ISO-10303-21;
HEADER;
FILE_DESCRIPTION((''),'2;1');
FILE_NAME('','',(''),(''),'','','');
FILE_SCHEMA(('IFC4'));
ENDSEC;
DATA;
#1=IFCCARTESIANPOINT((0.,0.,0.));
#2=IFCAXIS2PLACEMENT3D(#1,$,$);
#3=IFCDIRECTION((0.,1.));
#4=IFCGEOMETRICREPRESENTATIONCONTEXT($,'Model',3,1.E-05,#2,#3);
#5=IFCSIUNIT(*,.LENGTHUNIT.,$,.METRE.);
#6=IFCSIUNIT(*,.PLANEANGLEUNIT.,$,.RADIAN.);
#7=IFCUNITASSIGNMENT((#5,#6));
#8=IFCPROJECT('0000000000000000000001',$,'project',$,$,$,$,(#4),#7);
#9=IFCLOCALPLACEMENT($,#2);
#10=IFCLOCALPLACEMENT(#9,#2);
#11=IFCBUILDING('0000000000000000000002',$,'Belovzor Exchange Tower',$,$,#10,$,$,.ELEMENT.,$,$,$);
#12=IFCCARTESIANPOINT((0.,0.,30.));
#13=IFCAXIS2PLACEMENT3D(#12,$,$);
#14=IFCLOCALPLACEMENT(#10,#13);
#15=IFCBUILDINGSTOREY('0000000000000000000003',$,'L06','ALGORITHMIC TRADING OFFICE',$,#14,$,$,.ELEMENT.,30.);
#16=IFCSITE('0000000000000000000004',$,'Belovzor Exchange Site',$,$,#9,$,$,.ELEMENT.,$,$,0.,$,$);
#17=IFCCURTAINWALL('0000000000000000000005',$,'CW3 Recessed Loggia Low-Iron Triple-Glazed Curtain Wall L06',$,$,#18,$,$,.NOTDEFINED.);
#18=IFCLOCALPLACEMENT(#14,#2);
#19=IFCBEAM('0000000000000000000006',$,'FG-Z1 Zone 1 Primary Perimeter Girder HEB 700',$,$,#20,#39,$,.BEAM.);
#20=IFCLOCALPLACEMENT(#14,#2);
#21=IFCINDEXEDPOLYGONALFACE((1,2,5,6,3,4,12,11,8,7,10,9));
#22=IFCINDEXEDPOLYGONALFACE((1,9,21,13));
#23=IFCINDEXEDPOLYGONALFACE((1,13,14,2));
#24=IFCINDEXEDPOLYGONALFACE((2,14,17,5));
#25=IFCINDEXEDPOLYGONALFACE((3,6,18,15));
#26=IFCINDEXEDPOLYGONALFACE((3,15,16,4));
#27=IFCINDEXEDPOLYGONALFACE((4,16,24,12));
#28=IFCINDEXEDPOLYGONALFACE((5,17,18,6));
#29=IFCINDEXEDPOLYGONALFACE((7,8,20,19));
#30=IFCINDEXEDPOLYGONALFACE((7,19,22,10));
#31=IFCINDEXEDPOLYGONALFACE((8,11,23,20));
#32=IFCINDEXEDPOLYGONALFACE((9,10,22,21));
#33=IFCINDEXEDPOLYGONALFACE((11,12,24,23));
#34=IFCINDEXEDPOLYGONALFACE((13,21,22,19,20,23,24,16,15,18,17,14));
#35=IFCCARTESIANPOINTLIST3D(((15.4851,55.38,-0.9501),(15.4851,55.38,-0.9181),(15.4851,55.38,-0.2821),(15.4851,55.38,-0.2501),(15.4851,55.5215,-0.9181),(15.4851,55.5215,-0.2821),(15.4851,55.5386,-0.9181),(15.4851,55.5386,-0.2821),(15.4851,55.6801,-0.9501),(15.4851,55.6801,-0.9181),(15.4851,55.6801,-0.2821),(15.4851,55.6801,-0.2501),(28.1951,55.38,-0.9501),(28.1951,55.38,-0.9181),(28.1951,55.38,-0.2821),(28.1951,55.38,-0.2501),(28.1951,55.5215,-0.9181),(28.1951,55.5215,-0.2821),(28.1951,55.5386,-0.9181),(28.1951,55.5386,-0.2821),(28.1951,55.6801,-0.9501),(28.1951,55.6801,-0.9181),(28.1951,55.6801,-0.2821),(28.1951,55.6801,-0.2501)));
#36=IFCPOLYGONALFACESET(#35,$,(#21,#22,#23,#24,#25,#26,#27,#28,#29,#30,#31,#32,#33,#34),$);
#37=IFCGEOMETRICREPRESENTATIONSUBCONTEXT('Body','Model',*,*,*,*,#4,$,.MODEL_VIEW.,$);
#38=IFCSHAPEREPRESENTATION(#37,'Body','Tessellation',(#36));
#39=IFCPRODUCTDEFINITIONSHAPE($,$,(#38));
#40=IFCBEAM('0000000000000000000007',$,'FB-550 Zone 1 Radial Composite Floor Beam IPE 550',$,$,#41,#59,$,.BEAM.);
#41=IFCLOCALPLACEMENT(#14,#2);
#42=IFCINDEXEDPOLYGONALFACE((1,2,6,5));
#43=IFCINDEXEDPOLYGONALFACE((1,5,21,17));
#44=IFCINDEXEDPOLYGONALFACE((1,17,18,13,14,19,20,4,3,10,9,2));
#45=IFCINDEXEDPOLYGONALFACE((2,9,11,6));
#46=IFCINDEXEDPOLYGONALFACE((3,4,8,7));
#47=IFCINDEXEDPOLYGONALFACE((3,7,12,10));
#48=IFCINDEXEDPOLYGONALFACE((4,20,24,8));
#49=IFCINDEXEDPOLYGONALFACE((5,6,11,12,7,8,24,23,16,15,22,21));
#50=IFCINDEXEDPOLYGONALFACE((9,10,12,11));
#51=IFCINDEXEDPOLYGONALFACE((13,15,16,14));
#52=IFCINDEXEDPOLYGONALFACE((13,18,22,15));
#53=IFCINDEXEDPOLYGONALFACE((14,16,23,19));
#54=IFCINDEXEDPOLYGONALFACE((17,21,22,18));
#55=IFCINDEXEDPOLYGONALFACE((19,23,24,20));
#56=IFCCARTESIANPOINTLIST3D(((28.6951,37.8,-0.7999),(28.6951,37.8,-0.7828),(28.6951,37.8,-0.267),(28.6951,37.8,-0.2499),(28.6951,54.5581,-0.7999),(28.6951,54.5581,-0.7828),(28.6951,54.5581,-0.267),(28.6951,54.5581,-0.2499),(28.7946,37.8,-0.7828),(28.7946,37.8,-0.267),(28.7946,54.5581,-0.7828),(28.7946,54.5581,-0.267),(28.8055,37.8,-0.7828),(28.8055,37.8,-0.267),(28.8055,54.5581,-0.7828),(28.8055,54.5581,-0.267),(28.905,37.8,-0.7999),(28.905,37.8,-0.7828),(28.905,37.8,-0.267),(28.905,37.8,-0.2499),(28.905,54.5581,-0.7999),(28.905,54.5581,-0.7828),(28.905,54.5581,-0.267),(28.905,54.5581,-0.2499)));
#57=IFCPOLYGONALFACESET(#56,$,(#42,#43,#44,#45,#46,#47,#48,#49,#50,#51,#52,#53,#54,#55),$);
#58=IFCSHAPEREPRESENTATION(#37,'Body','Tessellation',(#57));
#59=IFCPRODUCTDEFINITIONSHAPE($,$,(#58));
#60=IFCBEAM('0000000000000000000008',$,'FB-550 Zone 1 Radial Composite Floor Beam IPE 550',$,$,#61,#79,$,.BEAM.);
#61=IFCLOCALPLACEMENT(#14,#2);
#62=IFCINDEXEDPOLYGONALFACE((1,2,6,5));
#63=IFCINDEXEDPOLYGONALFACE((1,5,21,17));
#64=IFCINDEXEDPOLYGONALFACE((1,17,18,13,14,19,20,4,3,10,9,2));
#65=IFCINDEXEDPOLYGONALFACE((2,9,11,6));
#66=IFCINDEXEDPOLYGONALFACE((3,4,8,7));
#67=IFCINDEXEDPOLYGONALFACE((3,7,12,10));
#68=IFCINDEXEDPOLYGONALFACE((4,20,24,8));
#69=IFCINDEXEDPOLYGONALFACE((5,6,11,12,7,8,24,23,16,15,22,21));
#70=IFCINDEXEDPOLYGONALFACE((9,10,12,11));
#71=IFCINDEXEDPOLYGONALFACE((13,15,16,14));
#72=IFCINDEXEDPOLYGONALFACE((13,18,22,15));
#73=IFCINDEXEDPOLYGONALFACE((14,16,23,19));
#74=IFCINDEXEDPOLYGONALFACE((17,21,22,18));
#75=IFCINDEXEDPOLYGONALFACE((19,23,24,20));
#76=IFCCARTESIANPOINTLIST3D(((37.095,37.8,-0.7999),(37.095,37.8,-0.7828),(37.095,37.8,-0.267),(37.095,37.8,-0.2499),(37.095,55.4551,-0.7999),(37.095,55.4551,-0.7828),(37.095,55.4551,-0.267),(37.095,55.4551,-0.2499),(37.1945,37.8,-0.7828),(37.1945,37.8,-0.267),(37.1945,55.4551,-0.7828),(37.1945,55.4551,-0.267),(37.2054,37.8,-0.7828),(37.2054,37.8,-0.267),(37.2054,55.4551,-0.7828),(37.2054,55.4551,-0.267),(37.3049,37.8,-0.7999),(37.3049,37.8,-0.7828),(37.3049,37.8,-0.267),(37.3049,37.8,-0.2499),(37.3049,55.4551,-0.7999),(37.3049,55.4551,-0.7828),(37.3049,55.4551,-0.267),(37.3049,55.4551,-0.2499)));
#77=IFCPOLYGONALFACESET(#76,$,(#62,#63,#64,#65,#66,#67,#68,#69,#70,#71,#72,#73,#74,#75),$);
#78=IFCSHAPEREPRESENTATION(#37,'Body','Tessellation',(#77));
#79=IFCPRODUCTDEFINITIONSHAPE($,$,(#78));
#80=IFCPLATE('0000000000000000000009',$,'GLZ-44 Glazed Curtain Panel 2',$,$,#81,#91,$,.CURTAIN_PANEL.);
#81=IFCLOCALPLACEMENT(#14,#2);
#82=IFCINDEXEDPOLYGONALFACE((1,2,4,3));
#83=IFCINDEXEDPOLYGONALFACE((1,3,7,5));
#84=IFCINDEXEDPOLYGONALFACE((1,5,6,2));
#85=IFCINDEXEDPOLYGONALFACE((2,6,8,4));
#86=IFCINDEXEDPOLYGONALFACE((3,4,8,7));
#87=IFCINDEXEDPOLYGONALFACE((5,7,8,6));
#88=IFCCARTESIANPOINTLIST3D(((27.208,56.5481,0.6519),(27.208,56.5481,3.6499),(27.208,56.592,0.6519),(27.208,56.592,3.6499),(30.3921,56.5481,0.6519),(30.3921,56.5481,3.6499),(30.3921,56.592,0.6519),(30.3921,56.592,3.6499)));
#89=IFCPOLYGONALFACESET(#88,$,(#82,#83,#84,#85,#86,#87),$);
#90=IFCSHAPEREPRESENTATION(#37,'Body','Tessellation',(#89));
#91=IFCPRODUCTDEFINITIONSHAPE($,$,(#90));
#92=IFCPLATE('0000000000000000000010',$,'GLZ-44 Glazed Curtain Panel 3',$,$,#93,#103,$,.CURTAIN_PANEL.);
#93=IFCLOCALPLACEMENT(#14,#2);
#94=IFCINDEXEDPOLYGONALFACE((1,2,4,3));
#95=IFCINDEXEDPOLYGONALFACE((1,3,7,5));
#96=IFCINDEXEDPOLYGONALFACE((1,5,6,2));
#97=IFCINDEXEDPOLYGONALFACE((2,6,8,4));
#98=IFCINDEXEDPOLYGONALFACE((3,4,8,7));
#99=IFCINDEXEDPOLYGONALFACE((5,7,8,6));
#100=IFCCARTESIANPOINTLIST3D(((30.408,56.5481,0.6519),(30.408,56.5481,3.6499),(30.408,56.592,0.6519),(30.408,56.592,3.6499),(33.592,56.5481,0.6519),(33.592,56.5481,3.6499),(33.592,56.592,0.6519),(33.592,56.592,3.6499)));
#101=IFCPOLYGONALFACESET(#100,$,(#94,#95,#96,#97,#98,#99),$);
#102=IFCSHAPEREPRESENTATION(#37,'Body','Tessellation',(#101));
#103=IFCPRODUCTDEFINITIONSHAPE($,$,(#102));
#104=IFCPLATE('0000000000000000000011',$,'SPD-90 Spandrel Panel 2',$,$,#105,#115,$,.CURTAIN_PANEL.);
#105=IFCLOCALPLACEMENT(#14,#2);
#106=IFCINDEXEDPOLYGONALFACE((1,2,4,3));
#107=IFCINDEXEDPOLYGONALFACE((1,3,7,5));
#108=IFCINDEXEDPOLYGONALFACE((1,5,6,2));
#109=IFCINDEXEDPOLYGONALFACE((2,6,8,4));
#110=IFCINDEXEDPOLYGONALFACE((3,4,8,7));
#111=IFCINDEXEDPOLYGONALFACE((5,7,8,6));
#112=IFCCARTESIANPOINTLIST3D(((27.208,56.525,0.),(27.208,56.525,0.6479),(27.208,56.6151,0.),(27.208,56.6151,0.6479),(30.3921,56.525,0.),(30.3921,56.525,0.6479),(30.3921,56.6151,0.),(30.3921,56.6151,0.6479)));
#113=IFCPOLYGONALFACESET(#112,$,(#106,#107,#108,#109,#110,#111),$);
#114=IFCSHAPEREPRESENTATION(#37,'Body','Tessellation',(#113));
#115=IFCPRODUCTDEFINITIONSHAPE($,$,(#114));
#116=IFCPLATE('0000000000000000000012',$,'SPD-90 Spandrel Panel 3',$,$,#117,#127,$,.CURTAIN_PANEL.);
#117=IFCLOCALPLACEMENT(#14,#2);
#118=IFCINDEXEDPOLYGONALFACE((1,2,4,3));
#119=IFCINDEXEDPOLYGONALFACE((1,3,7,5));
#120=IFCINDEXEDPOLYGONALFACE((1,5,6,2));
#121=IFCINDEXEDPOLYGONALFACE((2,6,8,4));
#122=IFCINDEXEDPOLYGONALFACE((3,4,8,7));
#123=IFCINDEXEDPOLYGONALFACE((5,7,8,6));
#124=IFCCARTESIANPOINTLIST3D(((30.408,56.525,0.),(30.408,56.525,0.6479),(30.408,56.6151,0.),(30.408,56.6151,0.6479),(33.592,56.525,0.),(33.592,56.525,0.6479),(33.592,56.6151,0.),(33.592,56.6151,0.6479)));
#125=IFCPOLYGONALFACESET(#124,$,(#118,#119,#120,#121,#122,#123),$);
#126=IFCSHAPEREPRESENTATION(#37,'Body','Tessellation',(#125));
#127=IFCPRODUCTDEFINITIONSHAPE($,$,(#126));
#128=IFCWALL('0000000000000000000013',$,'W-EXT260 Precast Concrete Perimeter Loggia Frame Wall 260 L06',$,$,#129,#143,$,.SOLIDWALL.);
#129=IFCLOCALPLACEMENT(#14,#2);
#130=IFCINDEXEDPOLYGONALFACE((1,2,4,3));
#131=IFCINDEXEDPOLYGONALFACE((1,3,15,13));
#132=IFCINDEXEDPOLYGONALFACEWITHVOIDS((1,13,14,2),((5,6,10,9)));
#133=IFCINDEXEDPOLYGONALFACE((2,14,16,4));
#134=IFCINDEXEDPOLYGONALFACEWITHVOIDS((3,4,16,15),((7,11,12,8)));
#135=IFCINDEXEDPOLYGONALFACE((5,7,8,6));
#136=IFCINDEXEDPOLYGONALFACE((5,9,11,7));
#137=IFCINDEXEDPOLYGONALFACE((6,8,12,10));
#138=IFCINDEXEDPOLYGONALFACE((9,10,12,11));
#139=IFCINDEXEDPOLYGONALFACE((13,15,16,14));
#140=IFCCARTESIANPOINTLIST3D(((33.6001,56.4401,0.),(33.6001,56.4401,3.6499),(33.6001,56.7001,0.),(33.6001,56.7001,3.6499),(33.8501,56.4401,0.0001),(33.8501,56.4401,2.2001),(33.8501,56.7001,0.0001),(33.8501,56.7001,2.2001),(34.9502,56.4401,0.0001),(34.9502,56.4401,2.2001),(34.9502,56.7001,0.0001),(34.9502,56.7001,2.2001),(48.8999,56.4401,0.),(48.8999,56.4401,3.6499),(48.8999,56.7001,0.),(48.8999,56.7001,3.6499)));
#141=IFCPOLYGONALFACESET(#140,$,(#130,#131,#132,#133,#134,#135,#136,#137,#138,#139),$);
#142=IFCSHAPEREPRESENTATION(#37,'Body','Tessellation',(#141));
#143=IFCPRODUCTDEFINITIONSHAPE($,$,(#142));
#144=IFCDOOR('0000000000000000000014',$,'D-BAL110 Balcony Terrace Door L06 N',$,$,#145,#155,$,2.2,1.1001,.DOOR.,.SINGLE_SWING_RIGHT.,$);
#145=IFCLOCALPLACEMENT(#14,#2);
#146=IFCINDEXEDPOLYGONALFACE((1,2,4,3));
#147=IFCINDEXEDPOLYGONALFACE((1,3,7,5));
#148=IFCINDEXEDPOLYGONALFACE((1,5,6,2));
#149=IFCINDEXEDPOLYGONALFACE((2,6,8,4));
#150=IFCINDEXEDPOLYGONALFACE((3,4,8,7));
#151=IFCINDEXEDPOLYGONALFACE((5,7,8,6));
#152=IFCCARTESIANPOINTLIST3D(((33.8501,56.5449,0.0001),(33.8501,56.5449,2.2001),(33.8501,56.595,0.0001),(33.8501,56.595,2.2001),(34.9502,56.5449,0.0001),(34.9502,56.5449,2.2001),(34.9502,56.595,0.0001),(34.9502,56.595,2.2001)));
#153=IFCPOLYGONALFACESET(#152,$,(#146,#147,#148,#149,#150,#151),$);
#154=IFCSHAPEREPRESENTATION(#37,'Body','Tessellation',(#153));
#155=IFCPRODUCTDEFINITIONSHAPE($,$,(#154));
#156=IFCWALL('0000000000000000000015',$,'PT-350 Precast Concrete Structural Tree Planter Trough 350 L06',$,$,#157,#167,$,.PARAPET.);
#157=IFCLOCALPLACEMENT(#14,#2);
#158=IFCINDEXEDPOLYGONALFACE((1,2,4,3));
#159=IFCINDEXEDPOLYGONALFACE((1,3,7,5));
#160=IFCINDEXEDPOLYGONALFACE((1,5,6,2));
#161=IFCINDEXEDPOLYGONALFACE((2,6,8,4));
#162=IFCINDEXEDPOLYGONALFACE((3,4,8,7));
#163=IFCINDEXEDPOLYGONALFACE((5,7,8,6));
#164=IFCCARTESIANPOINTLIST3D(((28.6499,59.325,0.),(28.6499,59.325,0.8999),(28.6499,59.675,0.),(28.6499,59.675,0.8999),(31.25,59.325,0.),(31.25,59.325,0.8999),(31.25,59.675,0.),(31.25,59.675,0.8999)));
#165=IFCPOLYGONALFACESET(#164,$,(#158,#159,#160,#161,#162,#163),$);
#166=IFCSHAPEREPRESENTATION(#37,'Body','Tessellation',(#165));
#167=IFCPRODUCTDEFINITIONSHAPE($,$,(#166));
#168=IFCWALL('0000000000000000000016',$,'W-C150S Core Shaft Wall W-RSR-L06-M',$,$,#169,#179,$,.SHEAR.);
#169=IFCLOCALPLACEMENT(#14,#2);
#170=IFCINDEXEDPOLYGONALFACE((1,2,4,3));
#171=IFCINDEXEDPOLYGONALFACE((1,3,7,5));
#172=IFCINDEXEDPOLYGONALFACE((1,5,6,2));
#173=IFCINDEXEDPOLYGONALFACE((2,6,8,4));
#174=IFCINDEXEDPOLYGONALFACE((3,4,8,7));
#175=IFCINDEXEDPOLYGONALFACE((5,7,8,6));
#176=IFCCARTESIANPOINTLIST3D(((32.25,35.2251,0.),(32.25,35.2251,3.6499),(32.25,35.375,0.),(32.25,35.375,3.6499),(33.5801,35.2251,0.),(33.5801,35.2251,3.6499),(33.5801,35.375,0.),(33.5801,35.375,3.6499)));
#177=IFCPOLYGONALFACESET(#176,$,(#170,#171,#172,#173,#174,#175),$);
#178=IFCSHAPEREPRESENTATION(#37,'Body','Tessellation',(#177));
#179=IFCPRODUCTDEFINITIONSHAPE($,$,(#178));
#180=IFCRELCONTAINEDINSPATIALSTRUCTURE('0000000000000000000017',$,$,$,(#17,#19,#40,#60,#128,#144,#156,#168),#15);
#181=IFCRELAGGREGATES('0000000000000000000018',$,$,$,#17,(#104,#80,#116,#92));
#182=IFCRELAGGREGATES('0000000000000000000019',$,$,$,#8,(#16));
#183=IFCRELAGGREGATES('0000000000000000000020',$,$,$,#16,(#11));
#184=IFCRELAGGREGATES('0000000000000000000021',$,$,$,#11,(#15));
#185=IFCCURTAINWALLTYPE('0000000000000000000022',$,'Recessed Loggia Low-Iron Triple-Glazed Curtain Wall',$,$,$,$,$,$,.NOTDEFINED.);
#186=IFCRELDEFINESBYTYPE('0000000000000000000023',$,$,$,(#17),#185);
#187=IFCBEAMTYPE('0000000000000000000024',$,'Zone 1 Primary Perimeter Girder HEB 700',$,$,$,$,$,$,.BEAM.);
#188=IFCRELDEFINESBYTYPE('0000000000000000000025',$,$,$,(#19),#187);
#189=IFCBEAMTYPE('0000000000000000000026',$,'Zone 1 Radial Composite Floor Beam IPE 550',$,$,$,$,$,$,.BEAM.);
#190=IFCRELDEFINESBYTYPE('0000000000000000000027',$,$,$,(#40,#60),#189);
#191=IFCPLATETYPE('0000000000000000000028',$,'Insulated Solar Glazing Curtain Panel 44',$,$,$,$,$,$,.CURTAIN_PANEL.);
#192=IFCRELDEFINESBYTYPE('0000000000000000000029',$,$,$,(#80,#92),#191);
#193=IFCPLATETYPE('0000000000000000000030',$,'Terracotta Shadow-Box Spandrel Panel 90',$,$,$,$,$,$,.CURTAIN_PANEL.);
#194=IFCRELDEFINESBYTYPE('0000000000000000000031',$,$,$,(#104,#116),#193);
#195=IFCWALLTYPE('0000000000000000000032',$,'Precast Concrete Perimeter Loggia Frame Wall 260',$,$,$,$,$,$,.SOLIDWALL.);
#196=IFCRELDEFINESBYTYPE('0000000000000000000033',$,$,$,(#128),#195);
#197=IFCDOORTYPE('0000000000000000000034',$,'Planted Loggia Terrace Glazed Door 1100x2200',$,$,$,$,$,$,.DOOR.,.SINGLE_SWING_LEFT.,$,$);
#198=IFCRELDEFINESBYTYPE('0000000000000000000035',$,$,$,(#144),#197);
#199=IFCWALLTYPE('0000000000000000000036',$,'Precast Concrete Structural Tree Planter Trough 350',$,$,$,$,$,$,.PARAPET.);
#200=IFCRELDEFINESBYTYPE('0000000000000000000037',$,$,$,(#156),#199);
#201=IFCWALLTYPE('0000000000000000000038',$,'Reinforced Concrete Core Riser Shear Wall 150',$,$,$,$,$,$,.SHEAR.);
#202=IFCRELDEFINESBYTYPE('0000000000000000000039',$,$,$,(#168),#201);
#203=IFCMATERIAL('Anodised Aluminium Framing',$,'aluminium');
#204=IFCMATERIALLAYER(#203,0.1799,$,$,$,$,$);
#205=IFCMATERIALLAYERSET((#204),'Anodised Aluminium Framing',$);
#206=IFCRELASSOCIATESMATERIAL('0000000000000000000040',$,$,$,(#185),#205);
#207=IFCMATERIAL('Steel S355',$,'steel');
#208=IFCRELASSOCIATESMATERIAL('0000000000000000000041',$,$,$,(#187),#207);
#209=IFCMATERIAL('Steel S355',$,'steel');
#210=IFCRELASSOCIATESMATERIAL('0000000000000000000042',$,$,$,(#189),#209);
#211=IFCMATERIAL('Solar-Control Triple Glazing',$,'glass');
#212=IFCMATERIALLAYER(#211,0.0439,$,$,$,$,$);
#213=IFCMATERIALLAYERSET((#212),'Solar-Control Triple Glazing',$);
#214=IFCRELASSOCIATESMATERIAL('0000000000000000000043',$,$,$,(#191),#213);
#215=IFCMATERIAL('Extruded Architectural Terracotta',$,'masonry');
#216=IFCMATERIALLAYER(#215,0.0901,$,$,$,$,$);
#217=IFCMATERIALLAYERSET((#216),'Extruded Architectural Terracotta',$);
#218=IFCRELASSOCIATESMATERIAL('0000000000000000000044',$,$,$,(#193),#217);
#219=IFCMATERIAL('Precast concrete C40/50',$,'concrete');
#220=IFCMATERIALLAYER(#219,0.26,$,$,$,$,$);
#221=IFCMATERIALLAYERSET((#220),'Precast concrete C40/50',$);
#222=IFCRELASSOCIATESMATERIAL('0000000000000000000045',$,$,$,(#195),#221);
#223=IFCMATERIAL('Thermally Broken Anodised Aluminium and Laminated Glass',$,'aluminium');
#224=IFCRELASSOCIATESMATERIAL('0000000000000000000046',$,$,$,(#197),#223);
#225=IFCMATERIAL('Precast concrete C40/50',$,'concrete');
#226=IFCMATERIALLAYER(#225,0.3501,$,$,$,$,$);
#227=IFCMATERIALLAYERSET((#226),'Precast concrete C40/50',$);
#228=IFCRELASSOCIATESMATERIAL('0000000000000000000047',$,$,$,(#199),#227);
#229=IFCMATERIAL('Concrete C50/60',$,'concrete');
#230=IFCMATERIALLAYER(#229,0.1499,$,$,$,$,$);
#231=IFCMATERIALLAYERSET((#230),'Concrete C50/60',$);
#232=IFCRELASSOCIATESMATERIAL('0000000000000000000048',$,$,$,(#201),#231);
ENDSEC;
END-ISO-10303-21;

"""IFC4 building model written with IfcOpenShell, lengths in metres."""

from ifc_helpers import new_model, si_unit, direction, frame, frame_2d, origin, origin_2d, place, context, subcontext, project, spatial, rectangle, i_section, extrude, material, layer, layer_set, material_profile, profile_set, type_object, element, fill, aggregate, save


model = new_model("IFC4")

# Units and contexts
model_context = context("Model", 3, precision=1e-05, world=origin(), true_north=direction((0.0, 1.0)))
body_context = subcontext(model_context, "Body", "Model", "MODEL_VIEW")
ifc_project = project(units=[si_unit("LENGTHUNIT", "METRE"), si_unit("PLANEANGLEUNIT", "RADIAN")], contexts=[model_context])

# Site, building, storey
site_placement = place(None, origin())
site = spatial("IfcSite", under=ifc_project, at=site_placement, Name="Belovzor Exchange Site", CompositionType="ELEMENT", RefElevation=0.0)
building_placement = place(site_placement, origin())
building = spatial("IfcBuilding", under=site, at=building_placement, Name="Belovzor Exchange Tower", CompositionType="ELEMENT")
storey_placement = place(building_placement, frame((0.0, 0.0, 30.0)))
storey = spatial("IfcBuildingStorey", under=building, at=storey_placement, Name="L06", Description="ALGORITHMIC TRADING OFFICE", CompositionType="ELEMENT", Elevation=30.0)

# Curtain wall
ifc_material_1 = material(Name="Anodised Aluminium Framing", Category="aluminium")
ifc_layer_1 = layer(ifc_material_1, 0.1799)
ifc_layer_set_1 = layer_set([ifc_layer_1], Name="Anodised Aluminium Framing")
curtain_wall_type = type_object("IfcCurtainWallType", Name="Recessed Loggia Low-Iron Triple-Glazed Curtain Wall", PredefinedType="NOTDEFINED", material=ifc_layer_set_1)
curtain_wall_placement = place(storey_placement, origin())
curtain_wall = element("IfcCurtainWall", 1, at=curtain_wall_placement, inside=storey, type_object=curtain_wall_type, Name="CW3 Recessed Loggia Low-Iron Triple-Glazed Curtain Wall L06", PredefinedType="NOTDEFINED")

# Beams
ifc_material_2 = material(Name="Steel S355", Category="steel")
ifc_material_profile_1 = material_profile(ifc_material_2, i_section(OverallWidth=0.3, OverallDepth=0.7, WebThickness=0.0171, FlangeThickness=0.032, at=origin_2d()))
ifc_profile_set_1 = profile_set([ifc_material_profile_1], Name="Steel S355")
beam_type_1 = type_object("IfcBeamType", Name="Zone 1 Primary Perimeter Girder HEB 700", PredefinedType="BEAM", material=ifc_profile_set_1)
beam_1_placement = place(storey_placement, frame((28.1951, 55.53, -0.6001), z_axis=(-1.0, 0.0, 0.0), x_axis=(0.0, -1.0, 0.0)))
element("IfcBeam", 2, at=beam_1_placement, inside=storey, type_object=beam_type_1, Name="FG-Z1 Zone 1 Primary Perimeter Girder HEB 700", PredefinedType="BEAM", context=body_context, shape_type="SweptSolid", body=[
    extrude(i_section(OverallWidth=0.3, OverallDepth=0.7, WebThickness=0.0171, FlangeThickness=0.032, at=origin_2d()), origin(), (0.0, 0.0, 1.0), 12.71),
])
ifc_material_3 = material(Name="Steel S355", Category="steel")
ifc_material_profile_2 = material_profile(ifc_material_3, i_section(OverallWidth=0.21, OverallDepth=0.55, WebThickness=0.011, FlangeThickness=0.0171, at=origin_2d()))
ifc_profile_set_2 = profile_set([ifc_material_profile_2], Name="Steel S355")
beam_type_2 = type_object("IfcBeamType", Name="Zone 1 Radial Composite Floor Beam IPE 550", PredefinedType="BEAM", material=ifc_profile_set_2)
beam_2_placement = place(storey_placement, frame((28.8, 37.8, -0.5249), z_axis=(0.0, 1.0, 0.0), x_axis=(-1.0, 0.0, 0.0)))
element("IfcBeam", 3, at=beam_2_placement, inside=storey, type_object=beam_type_2, Name="FB-550 Zone 1 Radial Composite Floor Beam IPE 550", PredefinedType="BEAM", context=body_context, shape_type="SweptSolid", body=[
    extrude(i_section(OverallWidth=0.21, OverallDepth=0.55, WebThickness=0.011, FlangeThickness=0.0171, at=origin_2d()), origin(), (0.0, 0.0, 1.0), 16.7581),
])
beam_3_placement = place(storey_placement, frame((37.2, 37.8, -0.5249), z_axis=(0.0, 1.0, 0.0), x_axis=(-1.0, 0.0, 0.0)))
element("IfcBeam", 4, at=beam_3_placement, inside=storey, type_object=beam_type_2, Name="FB-550 Zone 1 Radial Composite Floor Beam IPE 550", PredefinedType="BEAM", context=body_context, shape_type="SweptSolid", body=[
    extrude(i_section(OverallWidth=0.21, OverallDepth=0.55, WebThickness=0.011, FlangeThickness=0.0171, at=origin_2d()), origin(), (0.0, 0.0, 1.0), 17.655),
])

# Plates
ifc_material_4 = material(Name="Solar-Control Triple Glazing", Category="glass")
ifc_layer_2 = layer(ifc_material_4, 0.0439)
ifc_layer_set_2 = layer_set([ifc_layer_2], Name="Solar-Control Triple Glazing")
plate_type_1 = type_object("IfcPlateType", Name="Insulated Solar Glazing Curtain Panel 44", PredefinedType="CURTAIN_PANEL", material=ifc_layer_set_2)
plate_1_placement = place(storey_placement, frame((28.8, 56.5701, 0.6519), z_axis=(0.0, 0.0, 1.0), x_axis=(1.0, 0.0, 0.0)))
plate_1 = element("IfcPlate", 5, at=plate_1_placement, type_object=plate_type_1, Name="GLZ-44 Glazed Curtain Panel 2", PredefinedType="CURTAIN_PANEL", context=body_context, shape_type="SweptSolid", body=[
    extrude(rectangle(XDim=3.1841, YDim=0.0439, at=origin_2d()), origin(), (0.0, 0.0, 1.0), 2.998),
])
plate_2_placement = place(storey_placement, frame((32.0, 56.5701, 0.6519), z_axis=(0.0, 0.0, 1.0), x_axis=(1.0, 0.0, 0.0)))
plate_2 = element("IfcPlate", 6, at=plate_2_placement, type_object=plate_type_1, Name="GLZ-44 Glazed Curtain Panel 3", PredefinedType="CURTAIN_PANEL", context=body_context, shape_type="SweptSolid", body=[
    extrude(rectangle(XDim=3.1841, YDim=0.0439, at=origin_2d()), origin(), (0.0, 0.0, 1.0), 2.998),
])
ifc_material_5 = material(Name="Extruded Architectural Terracotta", Category="masonry")
ifc_layer_3 = layer(ifc_material_5, 0.0901)
ifc_layer_set_3 = layer_set([ifc_layer_3], Name="Extruded Architectural Terracotta")
plate_type_2 = type_object("IfcPlateType", Name="Terracotta Shadow-Box Spandrel Panel 90", PredefinedType="CURTAIN_PANEL", material=ifc_layer_set_3)
plate_3_placement = place(storey_placement, frame((28.8, 56.5701, 0.0), z_axis=(0.0, 0.0, 1.0), x_axis=(1.0, 0.0, 0.0)))
plate_3 = element("IfcPlate", 7, at=plate_3_placement, type_object=plate_type_2, Name="SPD-90 Spandrel Panel 2", PredefinedType="CURTAIN_PANEL", context=body_context, shape_type="SweptSolid", body=[
    extrude(rectangle(XDim=3.1841, YDim=0.0901, at=origin_2d()), origin(), (0.0, 0.0, 1.0), 0.6479),
])
plate_4_placement = place(storey_placement, frame((32.0, 56.5701, 0.0), z_axis=(0.0, 0.0, 1.0), x_axis=(1.0, 0.0, 0.0)))
plate_4 = element("IfcPlate", 8, at=plate_4_placement, type_object=plate_type_2, Name="SPD-90 Spandrel Panel 3", PredefinedType="CURTAIN_PANEL", context=body_context, shape_type="SweptSolid", body=[
    extrude(rectangle(XDim=3.1841, YDim=0.0901, at=origin_2d()), origin(), (0.0, 0.0, 1.0), 0.6479),
])
aggregate(curtain_wall, [plate_3, plate_1, plate_4, plate_2])

# Wall, opening, door
ifc_material_6 = material(Name="Precast concrete C40/50", Category="concrete")
ifc_layer_4 = layer(ifc_material_6, 0.26)
ifc_layer_set_4 = layer_set([ifc_layer_4], Name="Precast concrete C40/50")
wall_type_1 = type_object("IfcWallType", Name="Precast Concrete Perimeter Loggia Frame Wall 260", PredefinedType="SOLIDWALL", material=ifc_layer_set_4)
wall_1_placement = place(storey_placement, frame((33.6001, 56.5701, 0.0), z_axis=(0.0, 0.0, 1.0), x_axis=(1.0, 0.0, 0.0)))
wall_1 = element("IfcWall", 9, at=wall_1_placement, inside=storey, type_object=wall_type_1, Name="W-EXT260 Precast Concrete Perimeter Loggia Frame Wall 260 L06", PredefinedType="SOLIDWALL", context=body_context, shape_type="SweptSolid", body=[
    extrude(rectangle(XDim=15.2998, YDim=0.26, at=frame_2d((7.6499, 0.0))), origin(), (0.0, 0.0, 1.0), 3.6499),
])
opening_placement = place(wall_1_placement, frame((0.25, 0.0, 0.0)))
opening = element("IfcOpeningElement", 10, at=opening_placement, cuts=wall_1, PredefinedType="OPENING", context=body_context, shape_type="SweptSolid", body=[
    extrude(rectangle(XDim=1.1001, YDim=2.2, at=frame_2d((0.55, 1.1001))), frame((0.0, 0.1399, 0.0), z_axis=(0.0, -1.0, 0.0), x_axis=(1.0, 0.0, 0.0)), (0.0, 0.0, 1.0), 0.28),
])
ifc_material_7 = material(Name="Thermally Broken Anodised Aluminium and Laminated Glass", Category="aluminium")
door_type = type_object("IfcDoorType", Name="Planted Loggia Terrace Glazed Door 1100x2200", OperationType="SINGLE_SWING_LEFT", PredefinedType="DOOR", material=ifc_material_7)
door_placement = place(opening_placement, origin())
door = element("IfcDoor", 11, at=door_placement, inside=storey, type_object=door_type, Name="D-BAL110 Balcony Terrace Door L06 N", OperationType="SINGLE_SWING_RIGHT", OverallHeight=2.2, OverallWidth=1.1001, PredefinedType="DOOR", context=body_context, shape_type="SweptSolid", body=[
    extrude(rectangle(XDim=1.1001, YDim=2.2, at=frame_2d((0.55, 1.1001))), frame((0.0, 0.0249, 0.0), z_axis=(0.0, -1.0, 0.0), x_axis=(1.0, 0.0, 0.0)), (0.0, 0.0, 1.0), 0.05),
])
fill(opening, door)

# Walls
ifc_material_8 = material(Name="Precast concrete C40/50", Category="concrete")
ifc_layer_5 = layer(ifc_material_8, 0.3501)
ifc_layer_set_5 = layer_set([ifc_layer_5], Name="Precast concrete C40/50")
wall_type_2 = type_object("IfcWallType", Name="Precast Concrete Structural Tree Planter Trough 350", PredefinedType="PARAPET", material=ifc_layer_set_5)
wall_2_placement = place(storey_placement, frame((28.6499, 59.5, 0.0), z_axis=(0.0, 0.0, 1.0), x_axis=(1.0, 0.0, 0.0)))
element("IfcWall", 12, at=wall_2_placement, inside=storey, type_object=wall_type_2, Name="PT-350 Precast Concrete Structural Tree Planter Trough 350 L06", PredefinedType="PARAPET", context=body_context, shape_type="SweptSolid", body=[
    extrude(rectangle(XDim=2.6001, YDim=0.3501, at=frame_2d((1.3, 0.0))), origin(), (0.0, 0.0, 1.0), 0.8999),
])
ifc_material_9 = material(Name="Concrete C50/60", Category="concrete")
ifc_layer_6 = layer(ifc_material_9, 0.1499)
ifc_layer_set_6 = layer_set([ifc_layer_6], Name="Concrete C50/60")
wall_type_3 = type_object("IfcWallType", Name="Reinforced Concrete Core Riser Shear Wall 150", PredefinedType="SHEAR", material=ifc_layer_set_6)
wall_3_placement = place(storey_placement, frame((32.25, 35.3, 0.0), z_axis=(0.0, 0.0, 1.0), x_axis=(1.0, 0.0, 0.0)))
element("IfcWall", 13, at=wall_3_placement, inside=storey, type_object=wall_type_3, Name="W-C150S Core Shaft Wall W-RSR-L06-M", PredefinedType="SHEAR", context=body_context, shape_type="SweptSolid", body=[
    extrude(rectangle(XDim=1.3301, YDim=0.1499, at=frame_2d((0.665, 0.0))), origin(), (0.0, 0.0, 1.0), 3.6499),
])

save(model, "model.ifc")
